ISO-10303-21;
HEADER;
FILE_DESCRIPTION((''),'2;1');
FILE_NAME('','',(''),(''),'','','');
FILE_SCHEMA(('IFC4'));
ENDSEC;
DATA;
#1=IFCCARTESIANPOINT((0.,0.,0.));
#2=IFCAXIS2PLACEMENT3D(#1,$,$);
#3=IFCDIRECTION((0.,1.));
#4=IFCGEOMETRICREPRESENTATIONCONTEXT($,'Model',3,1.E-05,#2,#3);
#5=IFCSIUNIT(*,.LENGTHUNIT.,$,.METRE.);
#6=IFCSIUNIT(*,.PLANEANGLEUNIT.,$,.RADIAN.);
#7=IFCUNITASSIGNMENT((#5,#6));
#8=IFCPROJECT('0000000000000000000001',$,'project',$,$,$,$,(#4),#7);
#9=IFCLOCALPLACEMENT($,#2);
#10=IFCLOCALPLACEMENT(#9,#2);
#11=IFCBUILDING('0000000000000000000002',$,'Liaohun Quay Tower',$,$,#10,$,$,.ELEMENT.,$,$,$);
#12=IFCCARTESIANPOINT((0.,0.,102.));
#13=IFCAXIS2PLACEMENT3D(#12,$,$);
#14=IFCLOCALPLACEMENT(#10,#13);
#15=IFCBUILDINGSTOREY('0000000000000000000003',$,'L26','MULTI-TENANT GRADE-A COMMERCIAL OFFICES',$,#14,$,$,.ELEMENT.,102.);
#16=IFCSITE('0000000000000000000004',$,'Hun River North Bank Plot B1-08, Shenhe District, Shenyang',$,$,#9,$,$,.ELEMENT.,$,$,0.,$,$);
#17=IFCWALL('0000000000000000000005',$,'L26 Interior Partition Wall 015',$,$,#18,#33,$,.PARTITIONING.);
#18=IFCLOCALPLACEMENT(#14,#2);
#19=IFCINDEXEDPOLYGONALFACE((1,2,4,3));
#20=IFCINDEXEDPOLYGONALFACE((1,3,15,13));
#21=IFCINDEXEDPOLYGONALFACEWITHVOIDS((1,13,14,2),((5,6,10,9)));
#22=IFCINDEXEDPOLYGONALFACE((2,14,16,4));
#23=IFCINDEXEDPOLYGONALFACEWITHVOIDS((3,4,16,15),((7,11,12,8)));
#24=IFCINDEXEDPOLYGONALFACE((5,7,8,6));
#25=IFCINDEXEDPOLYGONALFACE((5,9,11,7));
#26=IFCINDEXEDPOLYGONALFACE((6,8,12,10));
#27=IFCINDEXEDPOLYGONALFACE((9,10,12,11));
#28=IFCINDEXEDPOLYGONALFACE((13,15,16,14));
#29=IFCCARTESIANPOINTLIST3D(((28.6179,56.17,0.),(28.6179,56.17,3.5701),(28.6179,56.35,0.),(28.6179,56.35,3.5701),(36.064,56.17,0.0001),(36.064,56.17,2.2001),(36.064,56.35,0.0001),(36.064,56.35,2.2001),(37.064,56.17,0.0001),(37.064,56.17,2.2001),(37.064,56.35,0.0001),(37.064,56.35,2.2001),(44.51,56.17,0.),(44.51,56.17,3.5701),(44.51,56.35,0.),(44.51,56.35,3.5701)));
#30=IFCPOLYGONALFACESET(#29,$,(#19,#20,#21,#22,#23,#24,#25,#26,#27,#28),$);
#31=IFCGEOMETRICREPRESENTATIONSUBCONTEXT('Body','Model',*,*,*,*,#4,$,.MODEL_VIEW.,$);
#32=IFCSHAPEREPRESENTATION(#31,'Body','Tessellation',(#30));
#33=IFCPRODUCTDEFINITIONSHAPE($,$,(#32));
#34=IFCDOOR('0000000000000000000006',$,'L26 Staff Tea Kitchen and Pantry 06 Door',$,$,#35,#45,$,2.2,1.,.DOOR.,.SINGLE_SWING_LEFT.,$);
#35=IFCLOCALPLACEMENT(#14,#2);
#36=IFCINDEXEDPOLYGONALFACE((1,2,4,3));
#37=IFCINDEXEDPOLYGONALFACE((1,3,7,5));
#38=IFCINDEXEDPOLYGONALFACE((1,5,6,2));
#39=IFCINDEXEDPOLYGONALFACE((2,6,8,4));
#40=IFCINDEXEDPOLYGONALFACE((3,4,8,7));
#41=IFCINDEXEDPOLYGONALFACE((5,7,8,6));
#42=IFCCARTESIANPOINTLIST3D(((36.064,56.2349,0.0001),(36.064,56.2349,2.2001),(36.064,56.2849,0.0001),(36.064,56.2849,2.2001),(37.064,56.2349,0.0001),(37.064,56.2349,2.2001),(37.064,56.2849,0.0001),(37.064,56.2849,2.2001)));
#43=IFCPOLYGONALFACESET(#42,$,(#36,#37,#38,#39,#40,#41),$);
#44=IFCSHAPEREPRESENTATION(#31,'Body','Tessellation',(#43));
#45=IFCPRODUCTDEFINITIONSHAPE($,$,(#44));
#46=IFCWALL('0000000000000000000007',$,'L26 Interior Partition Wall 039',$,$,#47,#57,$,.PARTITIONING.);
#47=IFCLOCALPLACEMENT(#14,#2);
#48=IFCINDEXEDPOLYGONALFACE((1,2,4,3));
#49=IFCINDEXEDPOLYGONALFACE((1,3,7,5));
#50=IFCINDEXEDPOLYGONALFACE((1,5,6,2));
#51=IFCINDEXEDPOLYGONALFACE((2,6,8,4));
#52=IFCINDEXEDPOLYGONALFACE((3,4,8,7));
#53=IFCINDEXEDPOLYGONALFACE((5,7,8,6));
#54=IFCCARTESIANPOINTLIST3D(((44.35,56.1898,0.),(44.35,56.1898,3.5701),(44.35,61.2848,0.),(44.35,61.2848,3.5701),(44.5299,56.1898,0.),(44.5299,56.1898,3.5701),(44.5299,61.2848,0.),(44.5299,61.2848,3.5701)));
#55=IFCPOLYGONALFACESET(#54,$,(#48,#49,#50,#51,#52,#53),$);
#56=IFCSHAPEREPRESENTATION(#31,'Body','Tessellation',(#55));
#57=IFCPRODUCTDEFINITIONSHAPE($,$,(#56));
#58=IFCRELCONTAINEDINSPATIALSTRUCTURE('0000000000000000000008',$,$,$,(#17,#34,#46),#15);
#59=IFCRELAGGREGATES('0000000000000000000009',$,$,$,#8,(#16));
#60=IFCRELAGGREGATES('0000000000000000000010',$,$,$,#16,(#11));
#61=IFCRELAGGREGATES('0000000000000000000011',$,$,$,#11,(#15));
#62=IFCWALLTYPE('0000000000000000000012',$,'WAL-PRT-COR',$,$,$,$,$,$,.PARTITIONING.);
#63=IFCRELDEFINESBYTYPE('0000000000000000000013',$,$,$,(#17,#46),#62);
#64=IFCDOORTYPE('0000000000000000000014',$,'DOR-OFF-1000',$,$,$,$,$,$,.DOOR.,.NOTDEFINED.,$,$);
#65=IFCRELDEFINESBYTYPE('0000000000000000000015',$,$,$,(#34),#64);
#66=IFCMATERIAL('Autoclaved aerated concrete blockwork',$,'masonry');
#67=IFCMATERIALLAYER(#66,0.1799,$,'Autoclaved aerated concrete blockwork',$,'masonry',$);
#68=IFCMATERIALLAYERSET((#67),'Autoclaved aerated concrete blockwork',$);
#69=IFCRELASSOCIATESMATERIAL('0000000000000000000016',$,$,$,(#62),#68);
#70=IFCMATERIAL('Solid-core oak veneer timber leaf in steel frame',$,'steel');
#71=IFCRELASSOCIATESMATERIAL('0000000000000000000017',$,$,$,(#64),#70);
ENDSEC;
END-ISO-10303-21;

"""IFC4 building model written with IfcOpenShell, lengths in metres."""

from ifc_helpers import new_model, si_unit, direction, frame, frame_2d, origin, place, context, subcontext, project, spatial, rectangle, extrude, source, transform, mapped, material, layer, layer_set, type_object, element, fill, save


model = new_model("IFC4")

# Units and contexts
model_context = context("Model", 3, precision=1e-05, world=origin(), true_north=direction((0.0, 1.0)))
body_context = subcontext(model_context, "Body", "Model", "MODEL_VIEW")
ifc_project = project(units=[si_unit("LENGTHUNIT", "METRE"), si_unit("PLANEANGLEUNIT", "RADIAN")], contexts=[model_context])

# Site, building, storey
site_placement = place(None, origin())
site = spatial("IfcSite", under=ifc_project, at=site_placement, Name="Hun River North Bank Plot B1-08, Shenhe District, Shenyang", CompositionType="ELEMENT", RefElevation=0.0)
building_placement = place(site_placement, origin())
building = spatial("IfcBuilding", under=site, at=building_placement, Name="Liaohun Quay Tower", CompositionType="ELEMENT")
storey_placement = place(building_placement, frame((0.0, 0.0, 102.0)))
storey = spatial("IfcBuildingStorey", under=building, at=storey_placement, Name="L26", Description="MULTI-TENANT GRADE-A COMMERCIAL OFFICES", CompositionType="ELEMENT", Elevation=102.0)

# Wall, opening, door
ifc_material_1 = material(Name="Autoclaved aerated concrete blockwork", Category="masonry")
ifc_layer_1 = layer(ifc_material_1, 0.1799, Name="Autoclaved aerated concrete blockwork", Category="masonry")
ifc_layer_set_1 = layer_set([ifc_layer_1], Name="Autoclaved aerated concrete blockwork")
wall_type_1 = type_object("IfcWallType", Name="WAL-PRT-COR", PredefinedType="PARTITIONING", material=ifc_layer_set_1)
wall_1_placement = place(storey_placement, frame((28.6179, 56.26, 0.0), z_axis=(0.0, 0.0, 1.0), x_axis=(1.0, 0.0, 0.0)))
wall_1 = element("IfcWall", 1, at=wall_1_placement, inside=storey, type_object=wall_type_1, Name="L26 Interior Partition Wall 015", PredefinedType="PARTITIONING", context=body_context, shape_type="SweptSolid", body=[
    extrude(rectangle(XDim=15.8921, YDim=0.1799, at=frame_2d((7.946, 0.0))), origin(), (0.0, 0.0, 1.0), 3.5701),
])
shared_shape_1 = source(origin(), body_context, "Body", "SweptSolid", [
    extrude(rectangle(XDim=1.0, YDim=2.2, at=frame_2d((0.5, 1.1001))), frame((0.0, 0.0999, 0.0), z_axis=(0.0, -1.0, 0.0), x_axis=(1.0, 0.0, 0.0)), (0.0, 0.0, 1.0), 0.2),
])
opening_1_placement = place(wall_1_placement, frame((7.446, 0.0, 0.0)))
opening_1 = element("IfcOpeningElement", 2, at=opening_1_placement, cuts=wall_1, PredefinedType="OPENING", context=body_context, shape_type="MappedRepresentation", body=[
    mapped(shared_shape_1, transform((0.0, 0.0, 0.0), x_axis=(1.0, 0.0, 0.0), y_axis=(0.0, 1.0, 0.0), z_axis=(0.0, 0.0, 1.0), scale=1.0)),
])
ifc_material_2 = material(Name="Solid-core oak veneer timber leaf in steel frame", Category="steel")
door_type_1 = type_object("IfcDoorType", Name="DOR-OFF-1000", OperationType="NOTDEFINED", PredefinedType="DOOR", material=ifc_material_2)
shared_shape_2 = source(origin(), body_context, "Body", "SweptSolid", [
    extrude(rectangle(XDim=1.0, YDim=2.2, at=frame_2d((0.5, 1.1001))), frame((0.0, 0.0249, 0.0), z_axis=(0.0, -1.0, 0.0), x_axis=(1.0, 0.0, 0.0)), (0.0, 0.0, 1.0), 0.05),
])
door_1_placement = place(opening_1_placement, origin())
door_1 = element("IfcDoor", 3, at=door_1_placement, inside=storey, type_object=door_type_1, Name="L26 Staff Tea Kitchen and Pantry 06 Door", OperationType="SINGLE_SWING_LEFT", OverallHeight=2.2, OverallWidth=1.0, PredefinedType="DOOR", context=body_context, shape_type="MappedRepresentation", body=[
    mapped(shared_shape_2, transform((0.0, 0.0, 0.0), x_axis=(1.0, 0.0, 0.0), y_axis=(0.0, 1.0, 0.0), z_axis=(0.0, 0.0, 1.0), scale=1.0)),
])
fill(opening_1, door_1)

# Wall
wall_2_placement = place(storey_placement, frame((44.4399, 56.1899, 0.0), z_axis=(0.0, 0.0, 1.0), x_axis=(0.0, 1.0, 0.0)))
element("IfcWall", 4, at=wall_2_placement, inside=storey, type_object=wall_type_1, Name="L26 Interior Partition Wall 039", PredefinedType="PARTITIONING", context=body_context, shape_type="SweptSolid", body=[
    extrude(rectangle(XDim=5.095, YDim=0.1799, at=frame_2d((2.5474, 0.0))), origin(), (0.0, 0.0, 1.0), 3.5701),
])

save(model, "model.ifc")
